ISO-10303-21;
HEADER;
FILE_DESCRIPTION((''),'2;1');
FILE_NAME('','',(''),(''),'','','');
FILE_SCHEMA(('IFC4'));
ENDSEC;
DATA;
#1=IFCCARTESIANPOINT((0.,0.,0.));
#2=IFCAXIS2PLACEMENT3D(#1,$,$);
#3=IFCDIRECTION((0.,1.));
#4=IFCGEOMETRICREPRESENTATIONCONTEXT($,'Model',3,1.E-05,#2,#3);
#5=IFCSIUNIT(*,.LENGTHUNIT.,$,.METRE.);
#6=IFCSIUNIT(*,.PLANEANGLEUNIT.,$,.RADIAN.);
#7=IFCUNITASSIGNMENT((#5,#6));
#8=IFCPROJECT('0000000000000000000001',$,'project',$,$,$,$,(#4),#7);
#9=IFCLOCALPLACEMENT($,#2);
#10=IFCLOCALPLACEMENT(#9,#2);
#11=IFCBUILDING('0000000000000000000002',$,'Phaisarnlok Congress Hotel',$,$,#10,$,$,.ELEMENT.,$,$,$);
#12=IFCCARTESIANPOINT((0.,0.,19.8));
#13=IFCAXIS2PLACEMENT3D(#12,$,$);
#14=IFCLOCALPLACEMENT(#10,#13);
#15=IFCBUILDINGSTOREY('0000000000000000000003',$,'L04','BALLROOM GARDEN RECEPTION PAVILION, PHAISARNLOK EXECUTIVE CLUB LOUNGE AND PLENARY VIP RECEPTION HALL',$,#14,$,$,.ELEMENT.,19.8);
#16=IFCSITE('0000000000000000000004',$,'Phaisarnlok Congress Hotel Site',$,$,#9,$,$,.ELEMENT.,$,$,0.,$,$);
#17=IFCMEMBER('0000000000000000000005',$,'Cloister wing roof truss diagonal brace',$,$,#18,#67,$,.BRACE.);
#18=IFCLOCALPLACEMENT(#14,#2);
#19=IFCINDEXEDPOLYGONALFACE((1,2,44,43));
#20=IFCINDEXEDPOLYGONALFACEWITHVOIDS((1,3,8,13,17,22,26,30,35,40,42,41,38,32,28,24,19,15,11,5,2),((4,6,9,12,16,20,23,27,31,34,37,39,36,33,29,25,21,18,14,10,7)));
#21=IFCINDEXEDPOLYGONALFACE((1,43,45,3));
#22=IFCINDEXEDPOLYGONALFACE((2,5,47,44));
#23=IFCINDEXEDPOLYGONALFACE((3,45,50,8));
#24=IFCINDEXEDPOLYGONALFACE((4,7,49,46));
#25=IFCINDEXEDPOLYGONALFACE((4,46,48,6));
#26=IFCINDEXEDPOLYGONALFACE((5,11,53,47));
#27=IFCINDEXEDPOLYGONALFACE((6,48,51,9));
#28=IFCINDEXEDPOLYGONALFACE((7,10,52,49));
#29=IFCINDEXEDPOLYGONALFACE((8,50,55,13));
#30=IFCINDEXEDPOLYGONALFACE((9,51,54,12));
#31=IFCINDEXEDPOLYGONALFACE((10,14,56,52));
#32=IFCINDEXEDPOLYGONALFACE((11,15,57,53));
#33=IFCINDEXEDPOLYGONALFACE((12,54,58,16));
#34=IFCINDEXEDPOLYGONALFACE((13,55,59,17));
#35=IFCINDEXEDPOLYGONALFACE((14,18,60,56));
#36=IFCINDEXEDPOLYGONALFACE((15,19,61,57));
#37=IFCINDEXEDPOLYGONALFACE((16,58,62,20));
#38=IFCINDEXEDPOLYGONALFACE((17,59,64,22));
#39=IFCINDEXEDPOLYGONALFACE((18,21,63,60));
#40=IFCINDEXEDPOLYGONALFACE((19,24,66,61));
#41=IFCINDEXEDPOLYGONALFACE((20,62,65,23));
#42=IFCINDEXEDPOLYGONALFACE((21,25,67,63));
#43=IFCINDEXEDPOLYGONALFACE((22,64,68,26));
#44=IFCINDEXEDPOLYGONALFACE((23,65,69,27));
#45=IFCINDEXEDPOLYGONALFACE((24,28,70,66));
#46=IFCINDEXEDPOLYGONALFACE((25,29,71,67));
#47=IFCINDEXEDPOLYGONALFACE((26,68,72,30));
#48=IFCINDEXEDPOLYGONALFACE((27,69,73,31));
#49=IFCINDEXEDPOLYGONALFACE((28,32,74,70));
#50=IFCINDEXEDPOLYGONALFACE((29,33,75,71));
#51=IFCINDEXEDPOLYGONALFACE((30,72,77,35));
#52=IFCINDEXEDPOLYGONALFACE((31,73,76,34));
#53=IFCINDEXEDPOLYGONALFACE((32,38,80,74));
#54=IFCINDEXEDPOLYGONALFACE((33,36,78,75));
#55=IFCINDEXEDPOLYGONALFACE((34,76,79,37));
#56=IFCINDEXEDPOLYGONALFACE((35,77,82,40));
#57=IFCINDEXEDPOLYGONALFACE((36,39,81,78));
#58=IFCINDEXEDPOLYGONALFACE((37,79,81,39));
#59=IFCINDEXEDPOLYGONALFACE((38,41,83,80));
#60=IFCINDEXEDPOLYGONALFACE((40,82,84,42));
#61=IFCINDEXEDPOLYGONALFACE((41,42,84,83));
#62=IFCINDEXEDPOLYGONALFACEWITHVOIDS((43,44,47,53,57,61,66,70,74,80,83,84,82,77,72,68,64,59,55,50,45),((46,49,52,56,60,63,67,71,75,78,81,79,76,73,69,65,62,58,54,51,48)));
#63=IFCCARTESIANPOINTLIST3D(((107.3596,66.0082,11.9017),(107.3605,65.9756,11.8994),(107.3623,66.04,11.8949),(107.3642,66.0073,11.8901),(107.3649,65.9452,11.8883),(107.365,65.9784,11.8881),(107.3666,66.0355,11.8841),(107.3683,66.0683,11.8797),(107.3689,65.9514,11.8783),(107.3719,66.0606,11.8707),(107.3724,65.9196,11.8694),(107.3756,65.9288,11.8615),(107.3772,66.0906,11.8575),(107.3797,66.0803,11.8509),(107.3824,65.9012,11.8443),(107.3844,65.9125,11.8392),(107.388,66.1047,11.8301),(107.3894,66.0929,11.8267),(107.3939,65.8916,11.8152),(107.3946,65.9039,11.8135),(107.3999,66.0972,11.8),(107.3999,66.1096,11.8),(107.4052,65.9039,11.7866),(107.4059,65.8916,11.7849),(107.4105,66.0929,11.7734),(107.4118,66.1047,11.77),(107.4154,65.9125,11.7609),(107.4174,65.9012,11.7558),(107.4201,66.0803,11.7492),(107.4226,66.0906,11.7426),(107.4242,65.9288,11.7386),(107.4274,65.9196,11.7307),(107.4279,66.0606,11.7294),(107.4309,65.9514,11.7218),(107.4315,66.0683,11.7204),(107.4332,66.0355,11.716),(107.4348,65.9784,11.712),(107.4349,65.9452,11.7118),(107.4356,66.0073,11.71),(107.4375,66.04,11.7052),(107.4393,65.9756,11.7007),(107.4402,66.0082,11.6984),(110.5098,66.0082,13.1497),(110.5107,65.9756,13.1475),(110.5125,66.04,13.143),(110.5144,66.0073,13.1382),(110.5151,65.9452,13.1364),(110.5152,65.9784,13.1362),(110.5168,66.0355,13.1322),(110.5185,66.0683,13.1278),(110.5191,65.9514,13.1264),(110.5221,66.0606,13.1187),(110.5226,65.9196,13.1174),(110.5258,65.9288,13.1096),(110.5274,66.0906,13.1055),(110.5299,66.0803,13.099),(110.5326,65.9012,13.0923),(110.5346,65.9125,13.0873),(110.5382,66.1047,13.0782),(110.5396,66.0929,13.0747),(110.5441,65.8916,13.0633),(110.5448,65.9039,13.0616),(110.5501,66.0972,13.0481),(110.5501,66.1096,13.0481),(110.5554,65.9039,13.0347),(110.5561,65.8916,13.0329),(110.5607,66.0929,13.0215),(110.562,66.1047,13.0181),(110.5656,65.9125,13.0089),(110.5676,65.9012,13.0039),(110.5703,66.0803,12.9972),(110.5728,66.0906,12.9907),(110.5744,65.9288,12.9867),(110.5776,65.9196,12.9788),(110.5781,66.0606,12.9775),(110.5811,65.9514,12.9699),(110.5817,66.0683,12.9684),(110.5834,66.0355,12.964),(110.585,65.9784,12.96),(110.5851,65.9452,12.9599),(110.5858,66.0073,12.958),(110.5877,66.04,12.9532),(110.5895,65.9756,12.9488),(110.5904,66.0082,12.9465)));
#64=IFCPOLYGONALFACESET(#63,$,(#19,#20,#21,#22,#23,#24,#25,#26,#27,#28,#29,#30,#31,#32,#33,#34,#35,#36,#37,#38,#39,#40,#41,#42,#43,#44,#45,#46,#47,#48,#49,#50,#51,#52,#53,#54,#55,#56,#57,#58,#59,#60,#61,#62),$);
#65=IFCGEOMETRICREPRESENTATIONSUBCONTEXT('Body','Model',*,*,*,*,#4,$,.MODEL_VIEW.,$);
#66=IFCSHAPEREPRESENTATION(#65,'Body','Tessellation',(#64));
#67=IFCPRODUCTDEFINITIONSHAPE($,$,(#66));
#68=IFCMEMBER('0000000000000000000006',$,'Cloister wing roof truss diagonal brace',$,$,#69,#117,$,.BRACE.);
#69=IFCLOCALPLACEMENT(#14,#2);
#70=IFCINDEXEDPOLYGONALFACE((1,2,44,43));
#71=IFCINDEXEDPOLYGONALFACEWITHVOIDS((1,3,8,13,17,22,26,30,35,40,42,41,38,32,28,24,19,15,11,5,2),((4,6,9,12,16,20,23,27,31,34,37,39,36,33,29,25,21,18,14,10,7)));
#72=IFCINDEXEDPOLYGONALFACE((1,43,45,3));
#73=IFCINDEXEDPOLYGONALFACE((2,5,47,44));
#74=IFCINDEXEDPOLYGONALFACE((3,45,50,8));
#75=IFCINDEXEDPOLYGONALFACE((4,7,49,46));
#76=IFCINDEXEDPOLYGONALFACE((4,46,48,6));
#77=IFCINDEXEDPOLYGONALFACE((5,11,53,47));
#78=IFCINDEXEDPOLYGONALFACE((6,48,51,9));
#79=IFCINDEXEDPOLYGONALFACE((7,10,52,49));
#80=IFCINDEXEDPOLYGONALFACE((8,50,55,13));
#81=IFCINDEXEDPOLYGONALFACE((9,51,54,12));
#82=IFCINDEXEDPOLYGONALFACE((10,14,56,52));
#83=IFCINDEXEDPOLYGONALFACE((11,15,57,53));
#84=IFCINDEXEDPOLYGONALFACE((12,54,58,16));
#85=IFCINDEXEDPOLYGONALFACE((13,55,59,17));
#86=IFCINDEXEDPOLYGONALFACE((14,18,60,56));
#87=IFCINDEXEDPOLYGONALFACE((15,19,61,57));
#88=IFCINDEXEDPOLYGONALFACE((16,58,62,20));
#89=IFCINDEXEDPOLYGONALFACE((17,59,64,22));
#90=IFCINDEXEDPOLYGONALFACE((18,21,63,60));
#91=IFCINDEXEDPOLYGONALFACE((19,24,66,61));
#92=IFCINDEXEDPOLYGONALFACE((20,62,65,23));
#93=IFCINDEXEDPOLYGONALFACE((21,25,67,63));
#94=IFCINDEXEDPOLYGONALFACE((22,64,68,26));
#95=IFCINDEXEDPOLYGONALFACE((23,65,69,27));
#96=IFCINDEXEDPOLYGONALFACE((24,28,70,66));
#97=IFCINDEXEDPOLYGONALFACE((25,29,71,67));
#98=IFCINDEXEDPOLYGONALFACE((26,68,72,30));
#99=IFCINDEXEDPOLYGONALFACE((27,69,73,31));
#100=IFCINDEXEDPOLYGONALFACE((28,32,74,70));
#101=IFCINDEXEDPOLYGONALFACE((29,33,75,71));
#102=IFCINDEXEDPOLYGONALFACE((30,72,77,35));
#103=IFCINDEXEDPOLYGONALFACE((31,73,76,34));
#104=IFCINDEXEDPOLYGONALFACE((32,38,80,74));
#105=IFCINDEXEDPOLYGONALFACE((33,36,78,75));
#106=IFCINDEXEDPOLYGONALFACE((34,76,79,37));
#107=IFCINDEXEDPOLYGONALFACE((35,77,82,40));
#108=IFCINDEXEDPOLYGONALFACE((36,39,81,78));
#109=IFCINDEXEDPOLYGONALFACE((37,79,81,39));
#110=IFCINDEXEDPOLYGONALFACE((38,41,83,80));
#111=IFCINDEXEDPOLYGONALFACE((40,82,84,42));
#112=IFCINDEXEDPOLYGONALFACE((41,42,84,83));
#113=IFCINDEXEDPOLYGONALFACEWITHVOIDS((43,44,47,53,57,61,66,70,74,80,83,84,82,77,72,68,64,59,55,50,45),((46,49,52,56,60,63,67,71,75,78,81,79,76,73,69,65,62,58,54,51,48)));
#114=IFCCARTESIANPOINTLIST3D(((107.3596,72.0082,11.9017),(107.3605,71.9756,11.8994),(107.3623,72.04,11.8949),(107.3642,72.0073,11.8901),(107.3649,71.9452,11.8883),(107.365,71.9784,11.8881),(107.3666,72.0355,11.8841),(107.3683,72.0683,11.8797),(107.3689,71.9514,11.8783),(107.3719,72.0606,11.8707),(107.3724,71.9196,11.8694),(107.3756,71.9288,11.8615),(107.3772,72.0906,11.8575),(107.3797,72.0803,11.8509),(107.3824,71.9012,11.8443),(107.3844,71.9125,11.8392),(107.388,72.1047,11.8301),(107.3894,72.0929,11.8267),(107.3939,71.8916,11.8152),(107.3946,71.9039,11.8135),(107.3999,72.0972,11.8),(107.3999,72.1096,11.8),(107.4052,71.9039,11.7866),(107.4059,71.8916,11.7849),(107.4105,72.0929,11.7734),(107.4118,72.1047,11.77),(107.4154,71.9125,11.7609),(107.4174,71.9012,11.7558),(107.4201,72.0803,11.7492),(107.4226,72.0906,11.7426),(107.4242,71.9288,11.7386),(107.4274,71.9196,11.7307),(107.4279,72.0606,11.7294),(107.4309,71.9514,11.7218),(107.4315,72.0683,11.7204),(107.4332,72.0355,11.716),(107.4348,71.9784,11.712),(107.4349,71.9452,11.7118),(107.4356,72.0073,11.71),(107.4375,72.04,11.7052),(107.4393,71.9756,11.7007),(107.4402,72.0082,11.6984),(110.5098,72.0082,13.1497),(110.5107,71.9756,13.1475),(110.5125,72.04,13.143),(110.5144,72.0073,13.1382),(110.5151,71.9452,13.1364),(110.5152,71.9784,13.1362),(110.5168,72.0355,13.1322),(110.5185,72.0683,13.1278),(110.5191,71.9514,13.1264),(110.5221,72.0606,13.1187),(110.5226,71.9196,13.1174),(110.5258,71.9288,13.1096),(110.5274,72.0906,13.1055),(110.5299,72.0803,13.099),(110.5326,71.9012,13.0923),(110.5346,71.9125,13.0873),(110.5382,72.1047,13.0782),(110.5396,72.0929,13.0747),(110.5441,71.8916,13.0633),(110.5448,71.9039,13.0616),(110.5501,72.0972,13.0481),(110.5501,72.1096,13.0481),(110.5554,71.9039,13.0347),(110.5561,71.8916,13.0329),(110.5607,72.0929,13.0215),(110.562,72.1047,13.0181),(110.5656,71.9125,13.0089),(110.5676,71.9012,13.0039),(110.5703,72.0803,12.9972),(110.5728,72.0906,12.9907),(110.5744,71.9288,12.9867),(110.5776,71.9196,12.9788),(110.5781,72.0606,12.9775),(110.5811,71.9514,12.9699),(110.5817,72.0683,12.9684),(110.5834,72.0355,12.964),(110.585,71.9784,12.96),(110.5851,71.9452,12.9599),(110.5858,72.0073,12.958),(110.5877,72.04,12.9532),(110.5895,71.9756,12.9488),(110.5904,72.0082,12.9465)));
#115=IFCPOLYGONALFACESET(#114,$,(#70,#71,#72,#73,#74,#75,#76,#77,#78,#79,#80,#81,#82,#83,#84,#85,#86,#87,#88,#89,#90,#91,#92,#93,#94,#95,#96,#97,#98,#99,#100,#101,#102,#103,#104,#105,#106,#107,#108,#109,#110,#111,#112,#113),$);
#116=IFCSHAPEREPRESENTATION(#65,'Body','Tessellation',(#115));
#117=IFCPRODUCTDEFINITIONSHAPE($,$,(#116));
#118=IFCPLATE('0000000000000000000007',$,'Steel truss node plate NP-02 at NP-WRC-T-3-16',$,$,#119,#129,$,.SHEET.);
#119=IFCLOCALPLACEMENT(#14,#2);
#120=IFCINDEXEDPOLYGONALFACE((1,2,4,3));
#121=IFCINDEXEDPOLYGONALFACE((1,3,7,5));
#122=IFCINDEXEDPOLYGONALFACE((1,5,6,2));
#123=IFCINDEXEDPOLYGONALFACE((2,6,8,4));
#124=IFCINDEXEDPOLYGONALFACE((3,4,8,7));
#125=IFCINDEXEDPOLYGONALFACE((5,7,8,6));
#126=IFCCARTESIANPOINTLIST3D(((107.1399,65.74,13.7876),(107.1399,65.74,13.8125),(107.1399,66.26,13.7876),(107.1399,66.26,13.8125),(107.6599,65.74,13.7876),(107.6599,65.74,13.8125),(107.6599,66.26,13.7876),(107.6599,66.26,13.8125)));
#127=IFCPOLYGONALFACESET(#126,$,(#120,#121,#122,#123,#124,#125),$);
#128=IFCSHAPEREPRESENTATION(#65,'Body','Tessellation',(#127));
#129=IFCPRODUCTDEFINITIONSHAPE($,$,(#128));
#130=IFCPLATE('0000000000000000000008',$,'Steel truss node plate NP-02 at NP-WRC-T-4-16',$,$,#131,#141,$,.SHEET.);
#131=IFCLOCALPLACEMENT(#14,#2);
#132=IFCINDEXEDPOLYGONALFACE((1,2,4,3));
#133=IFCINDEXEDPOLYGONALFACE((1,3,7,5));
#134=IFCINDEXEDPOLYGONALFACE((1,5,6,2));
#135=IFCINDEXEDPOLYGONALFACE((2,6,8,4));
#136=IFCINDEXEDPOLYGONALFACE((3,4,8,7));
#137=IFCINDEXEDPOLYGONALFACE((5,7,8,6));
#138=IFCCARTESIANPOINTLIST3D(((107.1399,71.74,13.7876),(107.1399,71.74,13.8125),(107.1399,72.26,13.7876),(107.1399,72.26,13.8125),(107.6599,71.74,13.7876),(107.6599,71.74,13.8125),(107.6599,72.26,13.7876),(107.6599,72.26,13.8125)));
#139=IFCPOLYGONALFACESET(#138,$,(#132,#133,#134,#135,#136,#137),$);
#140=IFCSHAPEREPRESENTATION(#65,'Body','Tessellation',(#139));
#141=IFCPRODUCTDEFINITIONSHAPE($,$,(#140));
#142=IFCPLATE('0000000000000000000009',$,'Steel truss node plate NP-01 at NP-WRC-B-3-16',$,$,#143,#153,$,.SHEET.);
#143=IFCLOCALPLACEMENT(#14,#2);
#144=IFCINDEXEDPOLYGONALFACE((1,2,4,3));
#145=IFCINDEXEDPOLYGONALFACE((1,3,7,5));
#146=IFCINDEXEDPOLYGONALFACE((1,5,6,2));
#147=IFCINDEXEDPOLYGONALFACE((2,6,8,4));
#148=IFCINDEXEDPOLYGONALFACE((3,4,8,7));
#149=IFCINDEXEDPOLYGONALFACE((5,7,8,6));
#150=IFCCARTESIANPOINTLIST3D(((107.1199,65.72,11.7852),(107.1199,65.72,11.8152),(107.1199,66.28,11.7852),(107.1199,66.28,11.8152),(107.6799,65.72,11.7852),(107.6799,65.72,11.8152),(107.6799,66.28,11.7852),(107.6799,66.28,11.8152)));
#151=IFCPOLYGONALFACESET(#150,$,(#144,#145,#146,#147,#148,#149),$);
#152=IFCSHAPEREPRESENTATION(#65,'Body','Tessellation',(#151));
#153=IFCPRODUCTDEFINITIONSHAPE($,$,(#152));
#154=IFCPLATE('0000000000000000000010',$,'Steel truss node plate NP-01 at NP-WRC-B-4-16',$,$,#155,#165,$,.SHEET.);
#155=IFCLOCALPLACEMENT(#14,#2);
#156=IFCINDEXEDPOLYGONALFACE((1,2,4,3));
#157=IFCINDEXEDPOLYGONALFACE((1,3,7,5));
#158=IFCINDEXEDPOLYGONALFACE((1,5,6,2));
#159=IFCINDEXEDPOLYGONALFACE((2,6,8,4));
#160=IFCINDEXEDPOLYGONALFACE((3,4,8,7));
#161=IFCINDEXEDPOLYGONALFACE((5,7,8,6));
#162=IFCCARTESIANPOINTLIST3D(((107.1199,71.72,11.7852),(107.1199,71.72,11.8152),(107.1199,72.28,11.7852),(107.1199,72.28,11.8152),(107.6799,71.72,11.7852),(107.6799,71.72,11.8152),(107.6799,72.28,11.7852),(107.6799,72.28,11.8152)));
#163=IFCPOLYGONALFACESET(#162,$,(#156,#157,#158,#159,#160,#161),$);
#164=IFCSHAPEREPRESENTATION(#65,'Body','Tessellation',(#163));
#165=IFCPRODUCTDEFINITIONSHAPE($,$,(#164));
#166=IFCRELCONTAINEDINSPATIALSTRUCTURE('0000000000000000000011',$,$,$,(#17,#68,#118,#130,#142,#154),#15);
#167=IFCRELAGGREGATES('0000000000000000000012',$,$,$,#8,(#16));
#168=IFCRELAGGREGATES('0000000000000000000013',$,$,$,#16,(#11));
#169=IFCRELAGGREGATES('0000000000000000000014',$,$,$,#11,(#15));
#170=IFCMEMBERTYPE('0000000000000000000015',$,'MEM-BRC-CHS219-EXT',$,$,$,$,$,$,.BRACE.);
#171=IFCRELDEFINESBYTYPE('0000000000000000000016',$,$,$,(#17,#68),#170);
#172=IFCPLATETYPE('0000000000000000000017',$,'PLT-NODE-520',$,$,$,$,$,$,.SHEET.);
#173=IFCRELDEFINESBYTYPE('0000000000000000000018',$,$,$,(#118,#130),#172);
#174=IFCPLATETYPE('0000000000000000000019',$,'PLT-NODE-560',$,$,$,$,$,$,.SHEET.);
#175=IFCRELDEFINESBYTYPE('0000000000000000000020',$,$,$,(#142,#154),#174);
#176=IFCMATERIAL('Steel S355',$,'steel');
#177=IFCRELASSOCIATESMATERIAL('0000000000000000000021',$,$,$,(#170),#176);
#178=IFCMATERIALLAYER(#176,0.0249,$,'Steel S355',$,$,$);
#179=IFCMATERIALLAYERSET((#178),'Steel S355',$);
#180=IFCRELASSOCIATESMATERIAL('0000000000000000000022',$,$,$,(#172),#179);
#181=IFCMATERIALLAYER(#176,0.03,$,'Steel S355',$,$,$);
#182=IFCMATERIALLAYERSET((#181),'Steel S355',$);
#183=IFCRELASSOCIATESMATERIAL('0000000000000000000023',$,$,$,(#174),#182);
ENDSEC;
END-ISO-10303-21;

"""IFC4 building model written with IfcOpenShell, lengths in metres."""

from ifc_helpers import new_model, si_unit, direction, frame, origin, origin_2d, place, context, subcontext, project, spatial, rectangle, hollow_circle, extrude, material, layer, layer_set, material_profile, profile_set, type_object, element, save


model = new_model("IFC4")

# Units and contexts
model_context = context("Model", 3, precision=1e-05, world=origin(), true_north=direction((0.0, 1.0)))
body_context = subcontext(model_context, "Body", "Model", "MODEL_VIEW")
ifc_project = project(units=[si_unit("LENGTHUNIT", "METRE"), si_unit("PLANEANGLEUNIT", "RADIAN")], contexts=[model_context])

# Site, building, storey
site_placement = place(None, origin())
site = spatial("IfcSite", under=ifc_project, at=site_placement, Name="Phaisarnlok Congress Hotel Site", CompositionType="ELEMENT", RefElevation=0.0)
building_placement = place(site_placement, origin())
building = spatial("IfcBuilding", under=site, at=building_placement, Name="Phaisarnlok Congress Hotel", CompositionType="ELEMENT")
storey_placement = place(building_placement, frame((0.0, 0.0, 19.8)))
storey = spatial("IfcBuildingStorey", under=building, at=storey_placement, Name="L04", Description="BALLROOM GARDEN RECEPTION PAVILION, PHAISARNLOK EXECUTIVE CLUB LOUNGE AND PLENARY VIP RECEPTION HALL", CompositionType="ELEMENT", Elevation=19.8)

# Shared definitions
ifc_material_1 = material(Name="Steel S355", Category="steel")

# Members
ifc_material_profile_1 = material_profile(ifc_material_1, hollow_circle(Radius=0.1096, WallThickness=0.0125, at=origin_2d()), Name="CHS 219.1x12.5")
ifc_profile_set_1 = profile_set([ifc_material_profile_1], Name="Steel S355")
member_type_1 = type_object("IfcMemberType", Name="MEM-BRC-CHS219-EXT", PredefinedType="BRACE", material=ifc_profile_set_1)
for number, where, z_axis, x_axis, name in (
    (1, (107.3999, 66.0, 11.8), (0.929694, 0.0, 0.368333), (0.0, 1.0, 0.0), "Cloister wing roof truss diagonal brace"),
    (2, (107.3999, 72.0, 11.8), (0.929694, 0.0, 0.368333), (0.0, 1.0, 0.0), "Cloister wing roof truss diagonal brace"),
):
    element("IfcMember", number, at=place(storey_placement, frame(where, z_axis=z_axis, x_axis=x_axis)), inside=storey, type_object=member_type_1, Name=name, PredefinedType="BRACE", context=body_context, shape_type="SweptSolid", body=[
        extrude(hollow_circle(Radius=0.1096, WallThickness=0.0125, at=origin_2d()), origin(), (0.0, 0.0, 1.0), 3.3884),
    ])

# Plates
ifc_layer_1 = layer(ifc_material_1, 0.0249, Name="Steel S355")
ifc_layer_set_1 = layer_set([ifc_layer_1], Name="Steel S355")
plate_type_1 = type_object("IfcPlateType", Name="PLT-NODE-520", PredefinedType="SHEET", material=ifc_layer_set_1)
for number, where, z_axis, x_axis, name in (
    (3, (107.3999, 66.0, 13.7876), (0.0, 0.0, 1.0), (1.0, 0.0, 0.0), "Steel truss node plate NP-02 at NP-WRC-T-3-16"),
    (4, (107.3999, 72.0, 13.7876), (0.0, 0.0, 1.0), (1.0, 0.0, 0.0), "Steel truss node plate NP-02 at NP-WRC-T-4-16"),
):
    element("IfcPlate", number, at=place(storey_placement, frame(where, z_axis=z_axis, x_axis=x_axis)), inside=storey, type_object=plate_type_1, Name=name, PredefinedType="SHEET", context=body_context, shape_type="SweptSolid", body=[
        extrude(rectangle(XDim=0.52, YDim=0.52, at=origin_2d()), origin(), (0.0, 0.0, 1.0), 0.0249),
    ])
ifc_layer_2 = layer(ifc_material_1, 0.03, Name="Steel S355")
ifc_layer_set_2 = layer_set([ifc_layer_2], Name="Steel S355")
plate_type_2 = type_object("IfcPlateType", Name="PLT-NODE-560", PredefinedType="SHEET", material=ifc_layer_set_2)
for number, where, z_axis, x_axis, name in (
    (5, (107.3999, 66.0, 11.7852), (0.0, 0.0, 1.0), (1.0, 0.0, 0.0), "Steel truss node plate NP-01 at NP-WRC-B-3-16"),
    (6, (107.3999, 72.0, 11.7852), (0.0, 0.0, 1.0), (1.0, 0.0, 0.0), "Steel truss node plate NP-01 at NP-WRC-B-4-16"),
):
    element("IfcPlate", number, at=place(storey_placement, frame(where, z_axis=z_axis, x_axis=x_axis)), inside=storey, type_object=plate_type_2, Name=name, PredefinedType="SHEET", context=body_context, shape_type="SweptSolid", body=[
        extrude(rectangle(XDim=0.5601, YDim=0.5601, at=origin_2d()), origin(), (0.0, 0.0, 1.0), 0.03),
    ])

save(model, "model.ifc")
